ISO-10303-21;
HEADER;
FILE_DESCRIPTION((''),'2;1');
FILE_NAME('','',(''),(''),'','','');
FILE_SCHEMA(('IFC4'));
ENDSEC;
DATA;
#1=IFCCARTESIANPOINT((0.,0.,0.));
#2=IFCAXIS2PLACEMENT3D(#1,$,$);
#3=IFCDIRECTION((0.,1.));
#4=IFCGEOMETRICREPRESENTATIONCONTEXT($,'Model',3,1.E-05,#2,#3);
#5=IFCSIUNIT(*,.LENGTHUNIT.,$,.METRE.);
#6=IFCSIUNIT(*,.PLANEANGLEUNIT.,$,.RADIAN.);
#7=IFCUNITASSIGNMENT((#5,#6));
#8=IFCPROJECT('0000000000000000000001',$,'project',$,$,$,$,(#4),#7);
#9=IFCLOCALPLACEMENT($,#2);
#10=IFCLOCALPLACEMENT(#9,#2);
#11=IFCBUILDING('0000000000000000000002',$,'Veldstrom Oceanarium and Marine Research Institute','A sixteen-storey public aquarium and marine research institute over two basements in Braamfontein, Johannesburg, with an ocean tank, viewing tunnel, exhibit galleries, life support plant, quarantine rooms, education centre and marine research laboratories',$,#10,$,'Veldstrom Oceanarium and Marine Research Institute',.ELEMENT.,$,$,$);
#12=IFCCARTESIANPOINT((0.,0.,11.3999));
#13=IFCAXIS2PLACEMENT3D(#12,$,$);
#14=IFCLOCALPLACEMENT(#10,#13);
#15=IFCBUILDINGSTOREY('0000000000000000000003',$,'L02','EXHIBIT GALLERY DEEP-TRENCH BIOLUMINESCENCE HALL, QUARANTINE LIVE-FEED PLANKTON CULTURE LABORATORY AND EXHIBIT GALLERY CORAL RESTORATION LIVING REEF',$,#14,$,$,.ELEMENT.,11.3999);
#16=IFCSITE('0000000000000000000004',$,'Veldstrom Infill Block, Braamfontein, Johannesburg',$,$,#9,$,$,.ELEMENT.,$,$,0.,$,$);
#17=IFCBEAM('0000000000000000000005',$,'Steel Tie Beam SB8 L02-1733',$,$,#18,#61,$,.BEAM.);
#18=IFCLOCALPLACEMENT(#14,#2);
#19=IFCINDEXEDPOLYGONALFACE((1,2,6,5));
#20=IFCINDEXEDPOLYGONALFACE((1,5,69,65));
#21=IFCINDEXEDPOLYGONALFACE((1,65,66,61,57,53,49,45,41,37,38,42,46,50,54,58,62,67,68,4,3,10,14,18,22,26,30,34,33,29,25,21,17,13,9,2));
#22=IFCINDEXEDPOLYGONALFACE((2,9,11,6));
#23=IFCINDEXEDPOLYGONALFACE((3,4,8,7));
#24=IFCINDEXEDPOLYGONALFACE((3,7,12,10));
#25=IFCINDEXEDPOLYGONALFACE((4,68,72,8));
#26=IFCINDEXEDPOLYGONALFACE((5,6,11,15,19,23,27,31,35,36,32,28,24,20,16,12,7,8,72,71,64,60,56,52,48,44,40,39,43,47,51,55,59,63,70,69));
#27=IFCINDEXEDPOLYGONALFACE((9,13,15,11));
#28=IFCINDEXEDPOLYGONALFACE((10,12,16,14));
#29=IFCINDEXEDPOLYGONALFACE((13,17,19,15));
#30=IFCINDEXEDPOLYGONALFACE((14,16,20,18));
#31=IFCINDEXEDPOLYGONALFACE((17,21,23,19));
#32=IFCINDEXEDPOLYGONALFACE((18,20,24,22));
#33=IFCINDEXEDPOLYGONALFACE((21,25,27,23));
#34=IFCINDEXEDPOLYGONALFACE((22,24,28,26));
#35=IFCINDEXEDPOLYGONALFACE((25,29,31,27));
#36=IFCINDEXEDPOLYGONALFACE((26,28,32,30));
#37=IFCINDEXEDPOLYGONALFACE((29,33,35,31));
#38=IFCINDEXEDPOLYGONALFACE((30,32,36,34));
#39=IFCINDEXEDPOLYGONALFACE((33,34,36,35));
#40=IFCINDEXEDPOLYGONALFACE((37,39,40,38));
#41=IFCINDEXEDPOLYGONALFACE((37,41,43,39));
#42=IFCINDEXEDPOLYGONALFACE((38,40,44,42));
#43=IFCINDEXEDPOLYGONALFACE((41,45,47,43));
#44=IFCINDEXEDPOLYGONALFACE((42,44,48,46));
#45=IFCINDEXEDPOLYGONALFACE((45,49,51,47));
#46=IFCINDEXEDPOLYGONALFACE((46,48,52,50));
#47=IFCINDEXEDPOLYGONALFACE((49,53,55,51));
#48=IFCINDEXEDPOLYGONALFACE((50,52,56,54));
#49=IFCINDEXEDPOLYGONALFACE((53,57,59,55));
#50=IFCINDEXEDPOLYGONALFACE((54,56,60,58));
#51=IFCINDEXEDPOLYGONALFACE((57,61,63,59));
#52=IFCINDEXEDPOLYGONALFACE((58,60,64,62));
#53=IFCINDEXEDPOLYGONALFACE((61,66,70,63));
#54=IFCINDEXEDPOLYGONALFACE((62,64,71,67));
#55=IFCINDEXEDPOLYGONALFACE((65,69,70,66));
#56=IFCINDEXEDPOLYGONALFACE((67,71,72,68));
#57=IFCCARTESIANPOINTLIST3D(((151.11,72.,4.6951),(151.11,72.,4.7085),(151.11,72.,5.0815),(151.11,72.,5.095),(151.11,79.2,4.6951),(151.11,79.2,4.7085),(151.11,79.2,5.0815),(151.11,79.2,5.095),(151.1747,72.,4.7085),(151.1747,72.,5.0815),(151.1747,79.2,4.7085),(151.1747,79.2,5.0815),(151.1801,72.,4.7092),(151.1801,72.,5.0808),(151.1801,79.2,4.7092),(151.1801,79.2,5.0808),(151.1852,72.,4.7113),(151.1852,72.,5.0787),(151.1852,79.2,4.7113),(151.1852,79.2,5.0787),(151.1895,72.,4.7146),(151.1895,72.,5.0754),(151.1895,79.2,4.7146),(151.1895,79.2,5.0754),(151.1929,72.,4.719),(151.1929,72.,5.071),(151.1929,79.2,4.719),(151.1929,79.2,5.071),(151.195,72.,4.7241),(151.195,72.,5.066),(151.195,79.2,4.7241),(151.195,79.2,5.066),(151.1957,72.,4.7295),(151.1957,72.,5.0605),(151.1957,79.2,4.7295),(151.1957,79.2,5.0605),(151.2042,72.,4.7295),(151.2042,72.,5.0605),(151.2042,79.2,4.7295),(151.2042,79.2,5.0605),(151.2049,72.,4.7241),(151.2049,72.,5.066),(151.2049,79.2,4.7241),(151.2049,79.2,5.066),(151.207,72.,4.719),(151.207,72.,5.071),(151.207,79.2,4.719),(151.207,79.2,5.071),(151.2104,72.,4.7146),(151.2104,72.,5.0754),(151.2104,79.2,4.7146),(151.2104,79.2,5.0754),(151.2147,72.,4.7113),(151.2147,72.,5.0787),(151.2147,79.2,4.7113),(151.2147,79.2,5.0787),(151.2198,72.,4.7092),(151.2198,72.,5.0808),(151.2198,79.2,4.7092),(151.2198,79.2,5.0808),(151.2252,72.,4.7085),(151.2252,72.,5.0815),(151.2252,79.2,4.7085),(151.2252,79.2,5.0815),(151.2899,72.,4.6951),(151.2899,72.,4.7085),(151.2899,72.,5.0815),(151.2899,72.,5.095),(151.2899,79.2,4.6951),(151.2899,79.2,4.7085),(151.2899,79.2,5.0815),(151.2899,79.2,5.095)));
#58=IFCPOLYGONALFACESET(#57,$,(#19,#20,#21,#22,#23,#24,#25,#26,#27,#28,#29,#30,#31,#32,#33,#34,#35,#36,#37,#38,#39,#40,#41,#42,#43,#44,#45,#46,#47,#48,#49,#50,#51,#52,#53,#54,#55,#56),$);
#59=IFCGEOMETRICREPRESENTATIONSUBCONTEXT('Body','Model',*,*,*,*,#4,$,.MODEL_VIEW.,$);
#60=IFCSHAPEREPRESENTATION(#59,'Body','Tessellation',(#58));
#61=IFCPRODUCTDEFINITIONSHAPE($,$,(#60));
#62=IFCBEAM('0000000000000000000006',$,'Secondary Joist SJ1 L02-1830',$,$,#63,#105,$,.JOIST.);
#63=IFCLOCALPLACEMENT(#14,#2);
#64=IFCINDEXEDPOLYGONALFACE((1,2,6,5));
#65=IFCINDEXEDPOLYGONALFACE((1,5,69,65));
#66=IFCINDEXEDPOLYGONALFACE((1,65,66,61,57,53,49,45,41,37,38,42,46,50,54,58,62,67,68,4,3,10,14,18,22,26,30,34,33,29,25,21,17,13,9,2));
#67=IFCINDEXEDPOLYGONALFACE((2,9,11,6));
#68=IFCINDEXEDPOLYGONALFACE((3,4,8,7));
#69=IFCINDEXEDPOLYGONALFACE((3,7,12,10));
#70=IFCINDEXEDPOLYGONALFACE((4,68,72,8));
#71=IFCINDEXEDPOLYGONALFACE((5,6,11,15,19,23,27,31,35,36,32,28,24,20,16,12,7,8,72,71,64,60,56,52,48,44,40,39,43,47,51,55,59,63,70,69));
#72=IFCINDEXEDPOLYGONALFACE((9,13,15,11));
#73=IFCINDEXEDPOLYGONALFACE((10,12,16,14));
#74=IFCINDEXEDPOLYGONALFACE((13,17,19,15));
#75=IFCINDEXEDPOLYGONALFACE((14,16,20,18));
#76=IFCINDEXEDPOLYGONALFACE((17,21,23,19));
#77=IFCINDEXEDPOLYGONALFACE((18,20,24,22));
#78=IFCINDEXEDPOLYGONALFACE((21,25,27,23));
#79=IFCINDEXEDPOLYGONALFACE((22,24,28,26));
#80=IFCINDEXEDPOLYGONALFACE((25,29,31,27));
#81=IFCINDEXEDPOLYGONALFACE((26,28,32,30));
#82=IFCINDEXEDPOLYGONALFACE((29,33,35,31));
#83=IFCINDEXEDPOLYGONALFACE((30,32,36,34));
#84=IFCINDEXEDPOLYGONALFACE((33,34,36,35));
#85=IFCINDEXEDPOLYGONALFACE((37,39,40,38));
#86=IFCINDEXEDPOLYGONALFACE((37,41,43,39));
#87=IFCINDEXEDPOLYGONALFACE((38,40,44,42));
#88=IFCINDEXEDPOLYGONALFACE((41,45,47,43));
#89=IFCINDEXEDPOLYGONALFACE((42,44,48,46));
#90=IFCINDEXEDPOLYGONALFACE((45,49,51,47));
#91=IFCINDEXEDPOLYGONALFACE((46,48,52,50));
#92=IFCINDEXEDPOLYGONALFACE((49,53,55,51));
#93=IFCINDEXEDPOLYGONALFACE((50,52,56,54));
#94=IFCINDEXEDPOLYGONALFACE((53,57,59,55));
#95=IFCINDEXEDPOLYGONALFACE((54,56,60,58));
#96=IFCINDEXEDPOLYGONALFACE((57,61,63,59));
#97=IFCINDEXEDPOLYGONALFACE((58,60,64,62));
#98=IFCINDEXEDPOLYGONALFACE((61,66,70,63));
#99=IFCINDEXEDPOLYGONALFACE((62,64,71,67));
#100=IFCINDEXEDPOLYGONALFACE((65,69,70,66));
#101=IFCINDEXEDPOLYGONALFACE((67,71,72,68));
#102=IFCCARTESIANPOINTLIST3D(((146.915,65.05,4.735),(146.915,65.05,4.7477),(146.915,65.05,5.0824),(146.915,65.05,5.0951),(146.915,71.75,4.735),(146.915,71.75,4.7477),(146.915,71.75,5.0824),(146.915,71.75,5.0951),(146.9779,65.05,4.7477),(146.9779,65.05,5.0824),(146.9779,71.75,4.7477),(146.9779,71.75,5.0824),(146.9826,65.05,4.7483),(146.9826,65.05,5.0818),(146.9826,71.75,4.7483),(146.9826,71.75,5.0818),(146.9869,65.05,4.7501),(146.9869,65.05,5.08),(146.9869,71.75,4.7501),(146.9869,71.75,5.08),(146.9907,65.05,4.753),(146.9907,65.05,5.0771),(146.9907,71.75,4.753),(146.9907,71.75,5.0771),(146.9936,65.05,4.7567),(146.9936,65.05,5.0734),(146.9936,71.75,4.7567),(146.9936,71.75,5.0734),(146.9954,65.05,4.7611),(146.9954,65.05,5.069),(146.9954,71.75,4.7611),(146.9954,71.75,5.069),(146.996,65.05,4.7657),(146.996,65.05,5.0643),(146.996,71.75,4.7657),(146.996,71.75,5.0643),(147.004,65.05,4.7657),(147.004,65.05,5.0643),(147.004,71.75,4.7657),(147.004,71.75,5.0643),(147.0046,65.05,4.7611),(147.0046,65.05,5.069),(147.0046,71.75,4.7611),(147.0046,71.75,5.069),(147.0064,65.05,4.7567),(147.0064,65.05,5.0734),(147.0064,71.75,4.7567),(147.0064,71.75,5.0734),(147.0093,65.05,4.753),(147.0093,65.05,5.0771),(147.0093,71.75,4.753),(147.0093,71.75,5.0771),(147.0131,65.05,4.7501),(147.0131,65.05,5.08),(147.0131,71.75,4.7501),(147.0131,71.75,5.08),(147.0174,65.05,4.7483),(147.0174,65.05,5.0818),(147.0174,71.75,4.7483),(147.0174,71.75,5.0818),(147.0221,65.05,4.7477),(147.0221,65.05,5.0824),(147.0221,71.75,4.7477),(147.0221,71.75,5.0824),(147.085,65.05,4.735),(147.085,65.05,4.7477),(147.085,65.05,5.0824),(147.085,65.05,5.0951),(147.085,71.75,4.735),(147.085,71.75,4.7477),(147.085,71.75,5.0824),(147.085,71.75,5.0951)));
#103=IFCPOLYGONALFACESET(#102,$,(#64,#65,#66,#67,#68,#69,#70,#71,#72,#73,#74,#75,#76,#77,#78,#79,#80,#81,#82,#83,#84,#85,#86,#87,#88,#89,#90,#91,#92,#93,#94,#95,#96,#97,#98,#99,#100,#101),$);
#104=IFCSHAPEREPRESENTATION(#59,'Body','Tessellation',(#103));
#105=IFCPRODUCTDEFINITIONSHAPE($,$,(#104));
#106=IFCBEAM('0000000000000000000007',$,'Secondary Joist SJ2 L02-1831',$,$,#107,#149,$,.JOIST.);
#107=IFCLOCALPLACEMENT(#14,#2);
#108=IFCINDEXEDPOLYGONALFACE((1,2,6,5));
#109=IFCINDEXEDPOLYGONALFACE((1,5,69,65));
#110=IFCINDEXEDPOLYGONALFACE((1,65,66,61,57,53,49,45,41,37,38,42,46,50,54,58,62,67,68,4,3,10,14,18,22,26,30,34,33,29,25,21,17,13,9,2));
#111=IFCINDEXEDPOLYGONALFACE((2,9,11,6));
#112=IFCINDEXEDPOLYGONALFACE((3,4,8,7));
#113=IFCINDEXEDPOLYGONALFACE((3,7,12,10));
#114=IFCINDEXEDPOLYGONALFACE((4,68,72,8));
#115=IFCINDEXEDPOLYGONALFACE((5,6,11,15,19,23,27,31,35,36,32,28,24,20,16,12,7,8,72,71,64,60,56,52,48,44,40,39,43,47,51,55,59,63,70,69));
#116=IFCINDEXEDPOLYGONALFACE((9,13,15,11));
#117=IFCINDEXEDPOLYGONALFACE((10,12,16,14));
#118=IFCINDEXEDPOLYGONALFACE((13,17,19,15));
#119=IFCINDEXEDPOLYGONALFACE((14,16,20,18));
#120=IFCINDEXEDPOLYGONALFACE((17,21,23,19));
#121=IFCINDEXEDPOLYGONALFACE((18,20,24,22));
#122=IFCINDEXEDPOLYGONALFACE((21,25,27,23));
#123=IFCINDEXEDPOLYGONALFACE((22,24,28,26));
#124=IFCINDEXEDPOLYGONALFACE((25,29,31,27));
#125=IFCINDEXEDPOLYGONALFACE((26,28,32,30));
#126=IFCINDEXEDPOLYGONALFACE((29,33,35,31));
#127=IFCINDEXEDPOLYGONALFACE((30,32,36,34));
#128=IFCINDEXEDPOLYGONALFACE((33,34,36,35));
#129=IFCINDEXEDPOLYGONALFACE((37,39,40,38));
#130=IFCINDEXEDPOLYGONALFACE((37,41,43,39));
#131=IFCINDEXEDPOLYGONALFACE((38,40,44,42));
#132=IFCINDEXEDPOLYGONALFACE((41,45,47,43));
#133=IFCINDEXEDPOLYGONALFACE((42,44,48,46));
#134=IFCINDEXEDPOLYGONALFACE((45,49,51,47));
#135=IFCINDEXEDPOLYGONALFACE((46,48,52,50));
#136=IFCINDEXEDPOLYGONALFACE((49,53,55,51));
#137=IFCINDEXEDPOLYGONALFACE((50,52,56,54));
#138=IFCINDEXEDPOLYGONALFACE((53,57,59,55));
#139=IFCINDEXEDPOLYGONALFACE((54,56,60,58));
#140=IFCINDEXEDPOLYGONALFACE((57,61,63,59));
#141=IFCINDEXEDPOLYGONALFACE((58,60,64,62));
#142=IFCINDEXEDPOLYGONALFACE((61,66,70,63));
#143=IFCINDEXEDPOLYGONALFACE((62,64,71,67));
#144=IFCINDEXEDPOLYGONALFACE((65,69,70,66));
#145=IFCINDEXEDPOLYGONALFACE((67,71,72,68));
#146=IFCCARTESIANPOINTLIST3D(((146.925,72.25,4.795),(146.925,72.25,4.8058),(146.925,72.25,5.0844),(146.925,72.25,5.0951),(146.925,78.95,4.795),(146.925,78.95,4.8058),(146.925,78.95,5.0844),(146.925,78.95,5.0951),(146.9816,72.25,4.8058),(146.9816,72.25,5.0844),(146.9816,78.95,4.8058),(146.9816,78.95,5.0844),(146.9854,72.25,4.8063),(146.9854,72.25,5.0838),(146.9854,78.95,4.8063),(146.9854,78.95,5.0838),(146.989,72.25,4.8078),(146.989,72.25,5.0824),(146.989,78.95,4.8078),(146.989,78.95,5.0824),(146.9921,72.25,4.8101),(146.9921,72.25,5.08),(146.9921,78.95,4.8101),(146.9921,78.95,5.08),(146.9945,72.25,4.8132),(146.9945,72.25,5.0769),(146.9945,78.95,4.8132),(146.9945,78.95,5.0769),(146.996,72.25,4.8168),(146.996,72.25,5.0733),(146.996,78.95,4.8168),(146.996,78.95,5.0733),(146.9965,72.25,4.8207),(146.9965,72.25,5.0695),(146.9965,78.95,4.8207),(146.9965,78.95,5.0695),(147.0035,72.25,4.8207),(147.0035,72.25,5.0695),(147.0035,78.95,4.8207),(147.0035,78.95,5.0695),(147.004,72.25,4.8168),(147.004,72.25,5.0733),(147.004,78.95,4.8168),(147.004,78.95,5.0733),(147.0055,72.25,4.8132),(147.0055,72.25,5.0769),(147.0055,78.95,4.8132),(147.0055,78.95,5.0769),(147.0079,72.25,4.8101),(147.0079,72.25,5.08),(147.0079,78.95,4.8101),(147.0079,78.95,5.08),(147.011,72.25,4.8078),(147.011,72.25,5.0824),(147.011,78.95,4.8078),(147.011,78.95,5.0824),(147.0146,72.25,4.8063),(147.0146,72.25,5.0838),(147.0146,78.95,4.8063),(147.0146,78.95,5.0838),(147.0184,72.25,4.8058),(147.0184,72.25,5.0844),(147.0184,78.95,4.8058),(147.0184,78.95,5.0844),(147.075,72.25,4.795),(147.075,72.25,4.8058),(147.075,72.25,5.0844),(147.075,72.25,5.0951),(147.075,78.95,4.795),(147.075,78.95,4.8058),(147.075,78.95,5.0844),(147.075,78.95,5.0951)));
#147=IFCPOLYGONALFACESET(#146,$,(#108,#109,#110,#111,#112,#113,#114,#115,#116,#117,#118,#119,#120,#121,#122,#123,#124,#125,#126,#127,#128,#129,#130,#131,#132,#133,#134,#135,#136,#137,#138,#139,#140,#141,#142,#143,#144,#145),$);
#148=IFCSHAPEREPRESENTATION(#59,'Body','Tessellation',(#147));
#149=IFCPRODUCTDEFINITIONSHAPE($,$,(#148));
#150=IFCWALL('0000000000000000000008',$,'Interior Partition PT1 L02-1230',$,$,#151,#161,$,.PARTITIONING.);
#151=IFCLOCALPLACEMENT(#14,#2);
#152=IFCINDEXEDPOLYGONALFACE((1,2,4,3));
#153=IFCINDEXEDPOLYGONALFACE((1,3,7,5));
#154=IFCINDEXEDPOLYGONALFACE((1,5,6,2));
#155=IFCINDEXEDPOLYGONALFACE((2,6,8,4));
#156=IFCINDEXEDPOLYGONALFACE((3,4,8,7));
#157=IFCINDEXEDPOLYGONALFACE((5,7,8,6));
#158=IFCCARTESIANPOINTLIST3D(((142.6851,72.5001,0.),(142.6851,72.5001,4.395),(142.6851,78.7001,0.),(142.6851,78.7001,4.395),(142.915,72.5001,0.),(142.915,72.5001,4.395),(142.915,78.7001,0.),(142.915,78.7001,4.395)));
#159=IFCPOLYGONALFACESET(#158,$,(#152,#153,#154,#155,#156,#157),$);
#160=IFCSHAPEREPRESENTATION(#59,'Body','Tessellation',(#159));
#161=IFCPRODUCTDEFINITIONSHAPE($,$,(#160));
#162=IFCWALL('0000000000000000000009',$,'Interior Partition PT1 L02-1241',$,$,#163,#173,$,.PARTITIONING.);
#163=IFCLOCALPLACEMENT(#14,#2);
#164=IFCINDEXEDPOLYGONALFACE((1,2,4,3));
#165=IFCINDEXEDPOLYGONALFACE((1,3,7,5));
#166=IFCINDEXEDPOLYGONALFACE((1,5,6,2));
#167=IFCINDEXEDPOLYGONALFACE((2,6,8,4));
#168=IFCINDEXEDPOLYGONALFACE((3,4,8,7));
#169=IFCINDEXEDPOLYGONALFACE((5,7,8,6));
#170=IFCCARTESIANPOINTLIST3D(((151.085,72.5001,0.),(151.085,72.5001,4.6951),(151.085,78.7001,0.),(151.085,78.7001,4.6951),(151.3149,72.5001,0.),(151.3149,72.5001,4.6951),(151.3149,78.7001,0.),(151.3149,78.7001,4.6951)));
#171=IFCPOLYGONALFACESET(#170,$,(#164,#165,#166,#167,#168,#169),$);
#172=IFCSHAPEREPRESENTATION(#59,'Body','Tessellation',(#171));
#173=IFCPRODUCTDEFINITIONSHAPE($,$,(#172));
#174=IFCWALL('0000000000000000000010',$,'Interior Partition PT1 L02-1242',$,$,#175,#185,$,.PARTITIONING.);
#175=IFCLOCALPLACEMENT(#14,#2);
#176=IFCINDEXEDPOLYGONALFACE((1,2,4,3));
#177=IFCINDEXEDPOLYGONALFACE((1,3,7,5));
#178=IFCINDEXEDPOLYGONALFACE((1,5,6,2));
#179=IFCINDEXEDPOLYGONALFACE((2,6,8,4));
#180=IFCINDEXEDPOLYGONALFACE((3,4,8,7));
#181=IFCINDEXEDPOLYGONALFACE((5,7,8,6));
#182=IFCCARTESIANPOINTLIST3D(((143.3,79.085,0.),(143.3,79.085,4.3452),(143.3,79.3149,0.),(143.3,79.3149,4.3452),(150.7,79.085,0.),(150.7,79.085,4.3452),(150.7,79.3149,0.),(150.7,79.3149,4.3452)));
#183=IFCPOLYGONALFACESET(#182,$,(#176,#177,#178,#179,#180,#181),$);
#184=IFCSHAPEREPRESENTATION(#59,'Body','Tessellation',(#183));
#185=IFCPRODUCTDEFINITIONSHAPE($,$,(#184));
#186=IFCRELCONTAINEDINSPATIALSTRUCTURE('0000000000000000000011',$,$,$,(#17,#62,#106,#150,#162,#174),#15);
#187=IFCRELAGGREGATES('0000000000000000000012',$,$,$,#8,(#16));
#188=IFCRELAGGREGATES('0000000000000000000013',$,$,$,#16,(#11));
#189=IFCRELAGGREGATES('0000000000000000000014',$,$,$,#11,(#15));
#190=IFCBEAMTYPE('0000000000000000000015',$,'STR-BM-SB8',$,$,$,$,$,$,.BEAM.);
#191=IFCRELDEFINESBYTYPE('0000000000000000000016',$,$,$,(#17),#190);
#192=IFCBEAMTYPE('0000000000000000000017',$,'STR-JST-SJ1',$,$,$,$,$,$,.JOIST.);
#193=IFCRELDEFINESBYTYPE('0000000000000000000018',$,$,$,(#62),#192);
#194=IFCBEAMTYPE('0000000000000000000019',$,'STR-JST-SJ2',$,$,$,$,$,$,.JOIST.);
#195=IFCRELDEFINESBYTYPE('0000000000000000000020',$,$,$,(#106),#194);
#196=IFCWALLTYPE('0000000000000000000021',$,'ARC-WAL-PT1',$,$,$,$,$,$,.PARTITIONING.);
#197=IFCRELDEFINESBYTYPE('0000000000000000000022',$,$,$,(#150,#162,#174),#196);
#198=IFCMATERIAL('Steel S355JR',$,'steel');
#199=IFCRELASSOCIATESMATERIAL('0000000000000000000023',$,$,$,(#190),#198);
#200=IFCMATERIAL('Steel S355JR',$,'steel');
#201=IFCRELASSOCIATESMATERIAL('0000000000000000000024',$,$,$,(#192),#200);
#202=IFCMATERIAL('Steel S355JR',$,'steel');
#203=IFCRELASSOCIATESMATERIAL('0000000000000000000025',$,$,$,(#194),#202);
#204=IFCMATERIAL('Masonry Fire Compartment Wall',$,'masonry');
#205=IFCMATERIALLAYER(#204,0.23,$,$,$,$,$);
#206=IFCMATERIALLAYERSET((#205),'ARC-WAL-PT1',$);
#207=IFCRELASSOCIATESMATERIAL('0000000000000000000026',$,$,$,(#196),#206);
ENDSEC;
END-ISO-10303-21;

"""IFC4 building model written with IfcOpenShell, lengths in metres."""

from ifc_helpers import new_model, si_unit, direction, frame, frame_2d, origin, origin_2d, place, context, subcontext, project, spatial, rectangle, i_section, extrude, material, layer, layer_set, material_profile, profile_set, type_object, element, save


model = new_model("IFC4")

# Units and contexts
model_context = context("Model", 3, precision=1e-05, world=origin(), true_north=direction((0.0, 1.0)))
body_context = subcontext(model_context, "Body", "Model", "MODEL_VIEW")
ifc_project = project(units=[si_unit("LENGTHUNIT", "METRE"), si_unit("PLANEANGLEUNIT", "RADIAN")], contexts=[model_context])

# Site, building, storey
site_placement = place(None, origin())
site = spatial("IfcSite", under=ifc_project, at=site_placement, Name="Veldstrom Infill Block, Braamfontein, Johannesburg", CompositionType="ELEMENT", RefElevation=0.0)
building_placement = place(site_placement, origin())
building = spatial("IfcBuilding", under=site, at=building_placement, Name="Veldstrom Oceanarium and Marine Research Institute", Description="A sixteen-storey public aquarium and marine research institute over two basements in Braamfontein, Johannesburg, with an ocean tank, viewing tunnel, exhibit galleries, life support plant, quarantine rooms, education centre and marine research laboratories", LongName="Veldstrom Oceanarium and Marine Research Institute", CompositionType="ELEMENT")
storey_placement = place(building_placement, frame((0.0, 0.0, 11.3999)))
storey = spatial("IfcBuildingStorey", under=building, at=storey_placement, Name="L02", Description="EXHIBIT GALLERY DEEP-TRENCH BIOLUMINESCENCE HALL, QUARANTINE LIVE-FEED PLANKTON CULTURE LABORATORY AND EXHIBIT GALLERY CORAL RESTORATION LIVING REEF", CompositionType="ELEMENT", Elevation=11.3999)

# Beams
ifc_material_1 = material(Name="Steel S355JR", Category="steel")
ifc_material_profile_1 = material_profile(ifc_material_1, i_section(OverallWidth=0.1799, OverallDepth=0.3999, WebThickness=0.0085, FlangeThickness=0.0134, FilletRadius=0.021, at=origin_2d()), Name="IPE 400")
ifc_profile_set_1 = profile_set([ifc_material_profile_1], Name="Steel S355JR")
beam_type_1 = type_object("IfcBeamType", Name="STR-BM-SB8", PredefinedType="BEAM", material=ifc_profile_set_1)
for number, where, z_axis, x_axis, name in (
    (1, (151.2, 72.0, 4.895), (0.0, 1.0, 0.0), (-1.0, 0.0, 0.0), "Steel Tie Beam SB8 L02-1733"),
):
    element("IfcBeam", number, at=place(storey_placement, frame(where, z_axis=z_axis, x_axis=x_axis)), inside=storey, type_object=beam_type_1, Name=name, PredefinedType="BEAM", context=body_context, shape_type="SweptSolid", body=[
        extrude(i_section(OverallWidth=0.1799, OverallDepth=0.3999, WebThickness=0.0085, FlangeThickness=0.0134, FilletRadius=0.021, at=origin_2d()), origin(), (0.0, 0.0, 1.0), 7.2),
    ])
ifc_material_2 = material(Name="Steel S355JR", Category="steel")
ifc_material_profile_2 = material_profile(ifc_material_2, i_section(OverallWidth=0.1699, OverallDepth=0.3601, WebThickness=0.0081, FlangeThickness=0.0127, FilletRadius=0.0181, at=origin_2d()), Name="IPE 360")
ifc_profile_set_2 = profile_set([ifc_material_profile_2], Name="Steel S355JR")
beam_type_2 = type_object("IfcBeamType", Name="STR-JST-SJ1", PredefinedType="JOIST", material=ifc_profile_set_2)
beam_1_placement = place(storey_placement, frame((147.0, 65.05, 4.915), z_axis=(0.0, 1.0, 0.0), x_axis=(-1.0, 0.0, 0.0)))
element("IfcBeam", 2, at=beam_1_placement, inside=storey, type_object=beam_type_2, Name="Secondary Joist SJ1 L02-1830", PredefinedType="JOIST", context=body_context, shape_type="SweptSolid", body=[
    extrude(i_section(OverallWidth=0.1699, OverallDepth=0.3601, WebThickness=0.0081, FlangeThickness=0.0127, FilletRadius=0.0181, at=origin_2d()), origin(), (0.0, 0.0, 1.0), 6.7),
])
ifc_material_3 = material(Name="Steel S355JR", Category="steel")
ifc_material_profile_3 = material_profile(ifc_material_3, i_section(OverallWidth=0.1499, OverallDepth=0.3, WebThickness=0.0071, FlangeThickness=0.0107, FilletRadius=0.0149, at=origin_2d()), Name="IPE 300")
ifc_profile_set_3 = profile_set([ifc_material_profile_3], Name="Steel S355JR")
beam_type_3 = type_object("IfcBeamType", Name="STR-JST-SJ2", PredefinedType="JOIST", material=ifc_profile_set_3)
beam_2_placement = place(storey_placement, frame((147.0, 72.25, 4.9451), z_axis=(0.0, 1.0, 0.0), x_axis=(-1.0, 0.0, 0.0)))
element("IfcBeam", 3, at=beam_2_placement, inside=storey, type_object=beam_type_3, Name="Secondary Joist SJ2 L02-1831", PredefinedType="JOIST", context=body_context, shape_type="SweptSolid", body=[
    extrude(i_section(OverallWidth=0.1499, OverallDepth=0.3, WebThickness=0.0071, FlangeThickness=0.0107, FilletRadius=0.0149, at=origin_2d()), origin(), (0.0, 0.0, 1.0), 6.7),
])

# Walls
ifc_material_4 = material(Name="Masonry Fire Compartment Wall", Category="masonry")
ifc_layer_1 = layer(ifc_material_4, 0.23)
ifc_layer_set_1 = layer_set([ifc_layer_1], Name="ARC-WAL-PT1")
wall_type_1 = type_object("IfcWallType", Name="ARC-WAL-PT1", PredefinedType="PARTITIONING", material=ifc_layer_set_1)
wall_1_placement = place(storey_placement, frame((142.8, 72.5, 0.0), z_axis=(0.0, 0.0, 1.0), x_axis=(0.0, 1.0, 0.0)))
element("IfcWall", 4, at=wall_1_placement, inside=storey, type_object=wall_type_1, Name="Interior Partition PT1 L02-1230", PredefinedType="PARTITIONING", context=body_context, shape_type="SweptSolid", body=[
    extrude(rectangle(XDim=6.2, YDim=0.23, at=frame_2d((3.1001, 0.0))), origin(), (0.0, 0.0, 1.0), 4.395),
])
wall_2_placement = place(storey_placement, frame((151.2, 72.5, 0.0), z_axis=(0.0, 0.0, 1.0), x_axis=(0.0, 1.0, 0.0)))
element("IfcWall", 5, at=wall_2_placement, inside=storey, type_object=wall_type_1, Name="Interior Partition PT1 L02-1241", PredefinedType="PARTITIONING", context=body_context, shape_type="SweptSolid", body=[
    extrude(rectangle(XDim=6.2, YDim=0.23, at=frame_2d((3.1001, 0.0))), origin(), (0.0, 0.0, 1.0), 4.6951),
])
wall_3_placement = place(storey_placement, frame((143.3, 79.2, 0.0), z_axis=(0.0, 0.0, 1.0), x_axis=(1.0, 0.0, 0.0)))
element("IfcWall", 6, at=wall_3_placement, inside=storey, type_object=wall_type_1, Name="Interior Partition PT1 L02-1242", PredefinedType="PARTITIONING", context=body_context, shape_type="SweptSolid", body=[
    extrude(rectangle(XDim=7.3999, YDim=0.23, at=frame_2d((3.7, 0.0))), origin(), (0.0, 0.0, 1.0), 4.3452),
])

save(model, "model.ifc")
